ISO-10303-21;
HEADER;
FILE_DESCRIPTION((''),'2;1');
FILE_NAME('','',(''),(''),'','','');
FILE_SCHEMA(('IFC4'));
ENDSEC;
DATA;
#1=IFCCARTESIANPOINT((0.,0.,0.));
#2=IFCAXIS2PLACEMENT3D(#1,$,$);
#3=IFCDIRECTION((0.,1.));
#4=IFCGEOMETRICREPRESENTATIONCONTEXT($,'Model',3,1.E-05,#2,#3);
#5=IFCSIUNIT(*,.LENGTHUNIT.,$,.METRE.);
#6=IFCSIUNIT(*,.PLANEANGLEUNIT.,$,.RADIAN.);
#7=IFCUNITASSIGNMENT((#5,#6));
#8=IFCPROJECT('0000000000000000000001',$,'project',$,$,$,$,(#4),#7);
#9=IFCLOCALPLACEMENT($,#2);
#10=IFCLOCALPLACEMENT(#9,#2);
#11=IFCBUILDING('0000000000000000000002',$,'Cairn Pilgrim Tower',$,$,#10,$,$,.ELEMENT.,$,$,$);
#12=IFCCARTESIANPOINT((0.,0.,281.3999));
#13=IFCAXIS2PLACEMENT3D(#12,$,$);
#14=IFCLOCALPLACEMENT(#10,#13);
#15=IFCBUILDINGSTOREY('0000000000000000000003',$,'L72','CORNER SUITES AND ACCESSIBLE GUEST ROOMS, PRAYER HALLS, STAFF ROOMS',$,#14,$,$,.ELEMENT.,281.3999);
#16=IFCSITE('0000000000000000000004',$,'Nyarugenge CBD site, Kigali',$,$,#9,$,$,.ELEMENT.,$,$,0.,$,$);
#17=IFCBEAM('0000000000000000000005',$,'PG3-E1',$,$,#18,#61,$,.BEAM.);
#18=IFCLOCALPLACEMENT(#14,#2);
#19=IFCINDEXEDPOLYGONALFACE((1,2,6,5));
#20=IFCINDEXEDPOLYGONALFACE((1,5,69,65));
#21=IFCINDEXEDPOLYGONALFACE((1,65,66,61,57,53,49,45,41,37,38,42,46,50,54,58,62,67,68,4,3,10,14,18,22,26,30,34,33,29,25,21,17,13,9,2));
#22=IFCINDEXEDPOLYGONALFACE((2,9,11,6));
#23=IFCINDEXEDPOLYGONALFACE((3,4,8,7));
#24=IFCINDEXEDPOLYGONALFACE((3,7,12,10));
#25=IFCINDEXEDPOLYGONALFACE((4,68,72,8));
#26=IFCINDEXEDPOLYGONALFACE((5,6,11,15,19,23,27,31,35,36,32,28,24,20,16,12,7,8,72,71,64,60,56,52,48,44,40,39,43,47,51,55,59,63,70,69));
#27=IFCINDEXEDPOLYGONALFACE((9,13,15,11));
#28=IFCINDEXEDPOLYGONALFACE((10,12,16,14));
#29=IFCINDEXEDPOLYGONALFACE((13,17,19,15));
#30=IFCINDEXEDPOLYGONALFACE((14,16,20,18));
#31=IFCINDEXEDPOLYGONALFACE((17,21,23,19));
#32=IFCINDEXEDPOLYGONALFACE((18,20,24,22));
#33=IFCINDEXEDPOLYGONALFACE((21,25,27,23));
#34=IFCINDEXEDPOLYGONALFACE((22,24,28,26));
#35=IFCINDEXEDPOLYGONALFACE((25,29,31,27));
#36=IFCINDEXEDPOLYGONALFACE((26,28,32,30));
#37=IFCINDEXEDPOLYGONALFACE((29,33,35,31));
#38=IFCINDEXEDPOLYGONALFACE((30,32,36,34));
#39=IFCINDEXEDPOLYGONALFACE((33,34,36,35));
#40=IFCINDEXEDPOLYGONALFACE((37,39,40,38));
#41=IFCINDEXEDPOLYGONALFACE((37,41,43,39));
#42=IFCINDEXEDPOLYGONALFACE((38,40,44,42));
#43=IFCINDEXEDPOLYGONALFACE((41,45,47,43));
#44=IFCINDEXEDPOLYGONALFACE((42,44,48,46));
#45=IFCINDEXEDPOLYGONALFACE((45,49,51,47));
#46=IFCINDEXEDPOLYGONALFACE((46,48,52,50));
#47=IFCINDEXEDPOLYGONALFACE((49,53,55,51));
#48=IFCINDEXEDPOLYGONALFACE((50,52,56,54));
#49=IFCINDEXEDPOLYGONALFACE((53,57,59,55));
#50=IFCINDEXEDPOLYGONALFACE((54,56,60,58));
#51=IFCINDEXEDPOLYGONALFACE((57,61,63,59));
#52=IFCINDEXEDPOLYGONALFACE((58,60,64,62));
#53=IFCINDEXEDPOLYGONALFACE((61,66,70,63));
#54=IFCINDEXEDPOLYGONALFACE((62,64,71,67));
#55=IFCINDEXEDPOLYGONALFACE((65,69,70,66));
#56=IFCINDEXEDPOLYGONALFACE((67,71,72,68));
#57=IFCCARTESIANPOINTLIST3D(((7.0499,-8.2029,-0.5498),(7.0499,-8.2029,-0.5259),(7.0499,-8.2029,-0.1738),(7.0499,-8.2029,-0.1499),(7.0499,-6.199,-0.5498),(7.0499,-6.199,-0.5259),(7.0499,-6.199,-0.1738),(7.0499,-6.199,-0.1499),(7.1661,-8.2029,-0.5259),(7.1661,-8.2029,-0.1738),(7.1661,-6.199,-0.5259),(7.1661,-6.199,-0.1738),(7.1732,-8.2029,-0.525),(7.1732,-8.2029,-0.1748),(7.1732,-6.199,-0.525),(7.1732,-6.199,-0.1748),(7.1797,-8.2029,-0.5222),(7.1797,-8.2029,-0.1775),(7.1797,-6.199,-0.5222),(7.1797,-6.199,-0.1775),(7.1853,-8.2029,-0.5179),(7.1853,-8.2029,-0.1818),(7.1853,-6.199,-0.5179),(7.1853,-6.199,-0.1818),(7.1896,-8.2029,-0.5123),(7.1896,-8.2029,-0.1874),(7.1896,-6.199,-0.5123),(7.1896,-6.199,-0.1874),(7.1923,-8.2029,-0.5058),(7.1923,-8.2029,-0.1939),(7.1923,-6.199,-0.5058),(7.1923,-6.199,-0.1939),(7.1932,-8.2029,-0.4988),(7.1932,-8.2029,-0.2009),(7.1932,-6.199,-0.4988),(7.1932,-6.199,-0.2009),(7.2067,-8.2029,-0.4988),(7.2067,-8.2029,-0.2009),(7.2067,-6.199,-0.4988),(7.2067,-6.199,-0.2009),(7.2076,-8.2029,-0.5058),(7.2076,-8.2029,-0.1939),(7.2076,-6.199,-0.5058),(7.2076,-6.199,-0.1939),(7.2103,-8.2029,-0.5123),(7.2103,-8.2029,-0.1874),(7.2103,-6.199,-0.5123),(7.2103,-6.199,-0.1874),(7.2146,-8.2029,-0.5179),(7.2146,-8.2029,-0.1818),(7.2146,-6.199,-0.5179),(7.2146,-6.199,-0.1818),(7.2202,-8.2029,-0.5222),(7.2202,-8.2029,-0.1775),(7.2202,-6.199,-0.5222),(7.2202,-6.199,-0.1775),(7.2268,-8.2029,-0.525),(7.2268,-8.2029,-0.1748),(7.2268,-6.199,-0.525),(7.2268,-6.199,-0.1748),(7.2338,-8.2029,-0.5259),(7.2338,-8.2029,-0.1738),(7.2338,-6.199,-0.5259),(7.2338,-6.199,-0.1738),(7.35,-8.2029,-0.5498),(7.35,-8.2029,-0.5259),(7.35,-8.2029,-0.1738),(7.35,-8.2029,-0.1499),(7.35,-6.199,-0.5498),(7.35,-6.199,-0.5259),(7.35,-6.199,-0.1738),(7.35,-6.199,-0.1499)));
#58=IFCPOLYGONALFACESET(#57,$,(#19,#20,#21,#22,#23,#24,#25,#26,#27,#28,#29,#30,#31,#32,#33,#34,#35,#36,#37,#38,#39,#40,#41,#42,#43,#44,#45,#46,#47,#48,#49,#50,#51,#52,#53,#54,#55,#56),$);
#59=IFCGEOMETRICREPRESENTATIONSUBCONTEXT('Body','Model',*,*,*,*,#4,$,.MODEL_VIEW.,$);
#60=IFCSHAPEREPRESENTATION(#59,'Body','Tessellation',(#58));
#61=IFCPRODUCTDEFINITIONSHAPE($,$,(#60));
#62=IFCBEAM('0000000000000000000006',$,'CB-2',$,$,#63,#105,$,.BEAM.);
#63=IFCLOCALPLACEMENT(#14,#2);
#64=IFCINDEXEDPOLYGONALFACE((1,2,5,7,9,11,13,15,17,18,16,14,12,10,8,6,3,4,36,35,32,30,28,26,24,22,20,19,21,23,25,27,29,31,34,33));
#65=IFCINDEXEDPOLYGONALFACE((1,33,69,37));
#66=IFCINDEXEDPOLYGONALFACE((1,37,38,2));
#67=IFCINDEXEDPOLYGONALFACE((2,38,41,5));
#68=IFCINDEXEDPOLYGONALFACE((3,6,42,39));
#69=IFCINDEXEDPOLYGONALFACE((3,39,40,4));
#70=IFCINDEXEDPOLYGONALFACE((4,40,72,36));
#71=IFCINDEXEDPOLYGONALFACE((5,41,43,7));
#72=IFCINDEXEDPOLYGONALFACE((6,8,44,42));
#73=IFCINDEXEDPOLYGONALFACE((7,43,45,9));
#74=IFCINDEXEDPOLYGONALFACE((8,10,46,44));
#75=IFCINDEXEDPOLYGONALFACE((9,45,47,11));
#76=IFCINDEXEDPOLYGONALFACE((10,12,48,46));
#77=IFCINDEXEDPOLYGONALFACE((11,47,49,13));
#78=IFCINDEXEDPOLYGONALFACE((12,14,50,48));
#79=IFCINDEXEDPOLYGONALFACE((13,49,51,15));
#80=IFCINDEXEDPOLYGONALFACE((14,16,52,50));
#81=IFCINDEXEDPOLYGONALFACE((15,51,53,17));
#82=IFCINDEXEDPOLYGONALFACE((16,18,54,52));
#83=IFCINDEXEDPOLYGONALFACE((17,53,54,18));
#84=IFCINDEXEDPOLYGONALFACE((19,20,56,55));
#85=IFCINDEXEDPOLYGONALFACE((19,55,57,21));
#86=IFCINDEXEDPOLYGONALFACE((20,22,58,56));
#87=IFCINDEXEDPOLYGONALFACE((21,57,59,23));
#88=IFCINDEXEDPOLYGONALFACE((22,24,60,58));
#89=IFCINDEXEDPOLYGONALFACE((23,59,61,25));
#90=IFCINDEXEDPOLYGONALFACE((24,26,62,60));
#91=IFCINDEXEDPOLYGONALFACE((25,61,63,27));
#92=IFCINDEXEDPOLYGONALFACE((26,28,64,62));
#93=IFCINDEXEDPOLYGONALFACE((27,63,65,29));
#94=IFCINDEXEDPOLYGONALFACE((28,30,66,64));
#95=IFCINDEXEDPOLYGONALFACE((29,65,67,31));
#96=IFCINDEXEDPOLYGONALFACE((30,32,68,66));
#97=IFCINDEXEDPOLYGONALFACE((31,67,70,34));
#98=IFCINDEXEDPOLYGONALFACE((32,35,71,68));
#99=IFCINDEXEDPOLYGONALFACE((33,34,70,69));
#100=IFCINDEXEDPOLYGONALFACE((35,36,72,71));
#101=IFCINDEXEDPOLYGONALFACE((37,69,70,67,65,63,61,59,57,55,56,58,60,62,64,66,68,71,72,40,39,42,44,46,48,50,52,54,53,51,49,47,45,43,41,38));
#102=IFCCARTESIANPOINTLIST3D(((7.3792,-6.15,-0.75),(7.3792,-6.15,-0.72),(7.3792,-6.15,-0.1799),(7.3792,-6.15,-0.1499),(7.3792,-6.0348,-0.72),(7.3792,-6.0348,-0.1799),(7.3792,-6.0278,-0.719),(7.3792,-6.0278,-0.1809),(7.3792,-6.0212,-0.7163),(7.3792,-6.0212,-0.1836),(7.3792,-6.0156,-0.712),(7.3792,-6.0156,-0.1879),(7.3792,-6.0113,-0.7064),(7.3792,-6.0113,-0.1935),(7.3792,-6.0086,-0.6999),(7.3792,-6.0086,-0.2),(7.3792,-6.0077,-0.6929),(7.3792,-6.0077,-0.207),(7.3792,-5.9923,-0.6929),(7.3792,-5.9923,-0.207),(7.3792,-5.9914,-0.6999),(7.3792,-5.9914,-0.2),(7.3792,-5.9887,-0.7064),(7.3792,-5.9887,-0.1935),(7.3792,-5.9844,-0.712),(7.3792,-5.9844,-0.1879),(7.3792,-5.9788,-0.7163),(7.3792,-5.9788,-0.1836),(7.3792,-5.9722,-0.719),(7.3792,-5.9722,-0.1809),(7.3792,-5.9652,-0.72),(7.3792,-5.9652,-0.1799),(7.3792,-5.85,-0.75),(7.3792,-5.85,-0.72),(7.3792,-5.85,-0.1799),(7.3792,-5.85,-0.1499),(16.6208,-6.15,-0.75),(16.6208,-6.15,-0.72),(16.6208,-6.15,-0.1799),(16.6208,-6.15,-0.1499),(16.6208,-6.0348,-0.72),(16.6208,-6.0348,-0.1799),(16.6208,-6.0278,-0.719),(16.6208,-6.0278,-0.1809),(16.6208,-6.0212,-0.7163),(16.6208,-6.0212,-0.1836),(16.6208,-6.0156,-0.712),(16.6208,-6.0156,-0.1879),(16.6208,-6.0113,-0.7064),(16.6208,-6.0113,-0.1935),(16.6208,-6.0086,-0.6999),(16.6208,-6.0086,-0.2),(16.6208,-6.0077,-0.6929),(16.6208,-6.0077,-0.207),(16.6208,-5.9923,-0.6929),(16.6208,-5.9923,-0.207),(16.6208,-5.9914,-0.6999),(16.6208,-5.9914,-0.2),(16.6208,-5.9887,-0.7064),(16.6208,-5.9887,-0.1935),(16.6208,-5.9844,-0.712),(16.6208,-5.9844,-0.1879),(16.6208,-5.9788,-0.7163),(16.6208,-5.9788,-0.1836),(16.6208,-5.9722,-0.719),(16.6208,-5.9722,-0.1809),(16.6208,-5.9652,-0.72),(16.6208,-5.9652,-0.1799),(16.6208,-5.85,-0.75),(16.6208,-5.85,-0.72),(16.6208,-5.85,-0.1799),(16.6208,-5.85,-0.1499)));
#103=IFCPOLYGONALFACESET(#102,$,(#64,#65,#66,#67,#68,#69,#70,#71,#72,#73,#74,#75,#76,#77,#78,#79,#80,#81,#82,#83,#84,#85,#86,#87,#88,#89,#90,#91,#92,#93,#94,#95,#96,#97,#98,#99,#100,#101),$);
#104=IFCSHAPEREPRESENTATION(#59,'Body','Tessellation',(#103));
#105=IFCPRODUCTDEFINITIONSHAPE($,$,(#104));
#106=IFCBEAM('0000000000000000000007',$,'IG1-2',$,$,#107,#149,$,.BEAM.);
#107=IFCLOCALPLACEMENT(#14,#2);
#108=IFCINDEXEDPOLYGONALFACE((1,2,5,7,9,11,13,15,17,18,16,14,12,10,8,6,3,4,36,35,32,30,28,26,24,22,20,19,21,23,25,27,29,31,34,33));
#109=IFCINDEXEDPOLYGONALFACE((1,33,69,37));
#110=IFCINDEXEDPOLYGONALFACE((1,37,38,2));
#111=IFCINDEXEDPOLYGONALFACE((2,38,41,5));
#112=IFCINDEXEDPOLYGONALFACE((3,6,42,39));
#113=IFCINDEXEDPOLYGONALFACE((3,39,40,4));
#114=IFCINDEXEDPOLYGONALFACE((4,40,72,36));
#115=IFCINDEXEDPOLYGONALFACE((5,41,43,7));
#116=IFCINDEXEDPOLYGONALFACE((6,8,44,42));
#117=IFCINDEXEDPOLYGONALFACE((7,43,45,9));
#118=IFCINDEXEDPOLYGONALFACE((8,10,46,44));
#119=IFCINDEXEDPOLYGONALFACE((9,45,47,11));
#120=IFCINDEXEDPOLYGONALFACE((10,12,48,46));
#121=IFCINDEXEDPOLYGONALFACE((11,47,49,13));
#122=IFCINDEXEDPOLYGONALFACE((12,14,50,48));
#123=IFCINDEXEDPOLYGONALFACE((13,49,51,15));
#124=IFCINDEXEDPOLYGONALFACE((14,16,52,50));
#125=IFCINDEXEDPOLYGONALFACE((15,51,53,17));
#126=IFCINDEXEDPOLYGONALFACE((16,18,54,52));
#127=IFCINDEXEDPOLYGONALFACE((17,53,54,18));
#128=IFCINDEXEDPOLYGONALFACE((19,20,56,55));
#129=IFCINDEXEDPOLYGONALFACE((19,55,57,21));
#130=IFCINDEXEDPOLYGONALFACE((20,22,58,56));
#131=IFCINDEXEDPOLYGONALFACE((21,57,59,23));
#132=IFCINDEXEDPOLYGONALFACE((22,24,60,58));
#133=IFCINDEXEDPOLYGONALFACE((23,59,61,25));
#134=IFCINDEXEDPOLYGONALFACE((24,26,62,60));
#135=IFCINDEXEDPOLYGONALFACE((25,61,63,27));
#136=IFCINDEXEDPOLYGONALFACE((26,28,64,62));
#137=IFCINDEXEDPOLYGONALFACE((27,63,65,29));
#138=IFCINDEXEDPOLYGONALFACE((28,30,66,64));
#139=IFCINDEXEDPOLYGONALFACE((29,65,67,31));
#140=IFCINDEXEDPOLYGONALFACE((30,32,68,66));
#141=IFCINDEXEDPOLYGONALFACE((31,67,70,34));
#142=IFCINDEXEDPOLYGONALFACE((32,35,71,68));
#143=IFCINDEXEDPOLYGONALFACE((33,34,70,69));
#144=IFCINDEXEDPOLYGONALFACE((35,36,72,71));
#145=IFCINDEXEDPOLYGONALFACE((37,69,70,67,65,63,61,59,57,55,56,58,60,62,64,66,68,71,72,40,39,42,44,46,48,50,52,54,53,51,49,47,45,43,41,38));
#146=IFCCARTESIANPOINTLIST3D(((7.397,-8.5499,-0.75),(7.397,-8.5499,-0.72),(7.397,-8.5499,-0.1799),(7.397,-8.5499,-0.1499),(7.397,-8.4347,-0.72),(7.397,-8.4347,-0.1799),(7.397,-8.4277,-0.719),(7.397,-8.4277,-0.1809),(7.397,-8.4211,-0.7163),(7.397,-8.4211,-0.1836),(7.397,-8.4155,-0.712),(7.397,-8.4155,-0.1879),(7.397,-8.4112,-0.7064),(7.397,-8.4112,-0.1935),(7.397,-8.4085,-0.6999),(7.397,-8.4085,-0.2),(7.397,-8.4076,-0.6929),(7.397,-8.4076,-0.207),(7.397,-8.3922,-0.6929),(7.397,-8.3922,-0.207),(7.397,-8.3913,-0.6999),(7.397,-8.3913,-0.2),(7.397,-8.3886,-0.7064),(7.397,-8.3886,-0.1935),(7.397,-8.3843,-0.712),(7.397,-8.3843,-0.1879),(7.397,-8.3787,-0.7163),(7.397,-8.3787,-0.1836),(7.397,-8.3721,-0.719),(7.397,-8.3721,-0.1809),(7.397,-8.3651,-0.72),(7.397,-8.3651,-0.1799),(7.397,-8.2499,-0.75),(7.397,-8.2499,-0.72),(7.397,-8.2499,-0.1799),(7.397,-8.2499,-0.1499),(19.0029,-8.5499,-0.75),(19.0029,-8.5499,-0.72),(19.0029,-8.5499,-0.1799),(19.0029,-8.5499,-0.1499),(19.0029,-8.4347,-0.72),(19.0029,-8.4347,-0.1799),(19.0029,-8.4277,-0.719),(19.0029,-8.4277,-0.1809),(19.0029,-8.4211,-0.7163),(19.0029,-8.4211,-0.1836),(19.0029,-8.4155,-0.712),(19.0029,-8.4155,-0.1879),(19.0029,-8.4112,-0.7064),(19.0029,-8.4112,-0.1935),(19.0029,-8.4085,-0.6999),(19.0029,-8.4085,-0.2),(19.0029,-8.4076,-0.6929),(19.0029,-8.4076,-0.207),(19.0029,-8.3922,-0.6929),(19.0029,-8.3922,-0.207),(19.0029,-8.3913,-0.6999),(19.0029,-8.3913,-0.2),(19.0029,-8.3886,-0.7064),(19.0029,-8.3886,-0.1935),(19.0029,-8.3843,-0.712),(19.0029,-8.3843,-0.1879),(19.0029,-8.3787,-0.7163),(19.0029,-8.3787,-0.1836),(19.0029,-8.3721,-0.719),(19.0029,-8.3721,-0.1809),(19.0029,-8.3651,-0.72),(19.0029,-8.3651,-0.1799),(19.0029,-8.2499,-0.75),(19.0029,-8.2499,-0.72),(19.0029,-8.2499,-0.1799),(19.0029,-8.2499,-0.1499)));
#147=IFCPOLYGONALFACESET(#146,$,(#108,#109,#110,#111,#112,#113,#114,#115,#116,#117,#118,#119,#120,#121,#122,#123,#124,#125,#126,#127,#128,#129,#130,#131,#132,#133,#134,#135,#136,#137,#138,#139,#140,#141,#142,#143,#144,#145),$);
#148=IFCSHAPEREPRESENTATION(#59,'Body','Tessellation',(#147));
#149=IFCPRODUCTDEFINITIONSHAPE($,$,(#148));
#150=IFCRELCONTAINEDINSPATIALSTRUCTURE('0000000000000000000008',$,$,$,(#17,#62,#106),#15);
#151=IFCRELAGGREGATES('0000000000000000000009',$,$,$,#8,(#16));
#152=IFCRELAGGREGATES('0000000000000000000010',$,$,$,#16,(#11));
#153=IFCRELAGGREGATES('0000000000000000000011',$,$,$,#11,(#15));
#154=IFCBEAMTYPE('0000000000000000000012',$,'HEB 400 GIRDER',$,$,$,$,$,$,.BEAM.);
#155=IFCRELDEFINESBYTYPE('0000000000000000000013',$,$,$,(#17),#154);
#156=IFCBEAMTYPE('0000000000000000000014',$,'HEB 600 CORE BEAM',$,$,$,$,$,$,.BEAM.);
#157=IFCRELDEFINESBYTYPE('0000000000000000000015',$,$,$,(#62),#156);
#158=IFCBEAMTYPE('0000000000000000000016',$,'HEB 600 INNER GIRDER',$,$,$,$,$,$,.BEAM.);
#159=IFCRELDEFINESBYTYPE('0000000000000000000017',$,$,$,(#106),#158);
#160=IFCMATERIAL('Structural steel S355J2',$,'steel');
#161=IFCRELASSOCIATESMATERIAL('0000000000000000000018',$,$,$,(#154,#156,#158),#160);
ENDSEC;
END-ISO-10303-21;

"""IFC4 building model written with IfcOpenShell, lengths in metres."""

from ifc_helpers import new_model, si_unit, direction, frame, origin, origin_2d, place, context, subcontext, project, spatial, i_section, extrude, material, material_profile, profile_set, type_object, element, save


model = new_model("IFC4")

# Units and contexts
model_context = context("Model", 3, precision=1e-05, world=origin(), true_north=direction((0.0, 1.0)))
body_context = subcontext(model_context, "Body", "Model", "MODEL_VIEW")
ifc_project = project(units=[si_unit("LENGTHUNIT", "METRE"), si_unit("PLANEANGLEUNIT", "RADIAN")], contexts=[model_context])

# Site, building, storey
site_placement = place(None, origin())
site = spatial("IfcSite", under=ifc_project, at=site_placement, Name="Nyarugenge CBD site, Kigali", CompositionType="ELEMENT", RefElevation=0.0)
building_placement = place(site_placement, origin())
building = spatial("IfcBuilding", under=site, at=building_placement, Name="Cairn Pilgrim Tower", CompositionType="ELEMENT")
storey_placement = place(building_placement, frame((0.0, 0.0, 281.3999)))
storey = spatial("IfcBuildingStorey", under=building, at=storey_placement, Name="L72", Description="CORNER SUITES AND ACCESSIBLE GUEST ROOMS, PRAYER HALLS, STAFF ROOMS", CompositionType="ELEMENT", Elevation=281.3999)

# Shared definitions
ifc_material_1 = material(Name="Structural steel S355J2", Category="steel")

# Beams
ifc_material_profile_1 = material_profile(ifc_material_1, i_section(OverallWidth=0.3, OverallDepth=0.3999, WebThickness=0.0134, FlangeThickness=0.0239, FilletRadius=0.0271, at=origin_2d()), Name="HEB 400")
ifc_profile_set_1 = profile_set([ifc_material_profile_1], Name="Structural steel S355J2")
beam_type_1 = type_object("IfcBeamType", Name="HEB 400 GIRDER", PredefinedType="BEAM", material=ifc_profile_set_1)
beam_1_placement = place(storey_placement, frame((7.2, -8.2029, -0.3499), z_axis=(0.0, 1.0, 0.0), x_axis=(-1.0, 0.0, 0.0)))
element("IfcBeam", 1, at=beam_1_placement, inside=storey, type_object=beam_type_1, Name="PG3-E1", PredefinedType="BEAM", context=body_context, shape_type="SweptSolid", body=[
    extrude(i_section(OverallWidth=0.3, OverallDepth=0.3999, WebThickness=0.0134, FlangeThickness=0.0239, FilletRadius=0.0271, at=origin_2d()), origin(), (0.0, 0.0, 1.0), 2.0039),
])
ifc_material_profile_2 = material_profile(ifc_material_1, i_section(OverallWidth=0.3, OverallDepth=0.6001, WebThickness=0.0154, FlangeThickness=0.03, FilletRadius=0.0271, at=origin_2d()), Name="HEB 600")
ifc_profile_set_2 = profile_set([ifc_material_profile_2], Name="Structural steel S355J2")
beam_type_2 = type_object("IfcBeamType", Name="HEB 600 CORE BEAM", PredefinedType="BEAM", material=ifc_profile_set_2)
beam_2_placement = place(storey_placement, frame((7.3792, -6.0, -0.45), z_axis=(1.0, 0.0, 0.0), x_axis=(0.0, 1.0, 0.0)))
element("IfcBeam", 2, at=beam_2_placement, inside=storey, type_object=beam_type_2, Name="CB-2", PredefinedType="BEAM", context=body_context, shape_type="SweptSolid", body=[
    extrude(i_section(OverallWidth=0.3, OverallDepth=0.6001, WebThickness=0.0154, FlangeThickness=0.03, FilletRadius=0.0271, at=origin_2d()), origin(), (0.0, 0.0, 1.0), 9.2417),
])
ifc_material_profile_3 = material_profile(ifc_material_1, i_section(OverallWidth=0.3, OverallDepth=0.6001, WebThickness=0.0154, FlangeThickness=0.03, FilletRadius=0.0271, at=origin_2d()), Name="HEB 600")
ifc_profile_set_3 = profile_set([ifc_material_profile_3], Name="Structural steel S355J2")
beam_type_3 = type_object("IfcBeamType", Name="HEB 600 INNER GIRDER", PredefinedType="BEAM", material=ifc_profile_set_3)
beam_3_placement = place(storey_placement, frame((7.397, -8.3999, -0.45), z_axis=(1.0, 0.0, 0.0), x_axis=(0.0, 1.0, 0.0)))
element("IfcBeam", 3, at=beam_3_placement, inside=storey, type_object=beam_type_3, Name="IG1-2", PredefinedType="BEAM", context=body_context, shape_type="SweptSolid", body=[
    extrude(i_section(OverallWidth=0.3, OverallDepth=0.6001, WebThickness=0.0154, FlangeThickness=0.03, FilletRadius=0.0271, at=origin_2d()), origin(), (0.0, 0.0, 1.0), 11.606),
])

save(model, "model.ifc")
